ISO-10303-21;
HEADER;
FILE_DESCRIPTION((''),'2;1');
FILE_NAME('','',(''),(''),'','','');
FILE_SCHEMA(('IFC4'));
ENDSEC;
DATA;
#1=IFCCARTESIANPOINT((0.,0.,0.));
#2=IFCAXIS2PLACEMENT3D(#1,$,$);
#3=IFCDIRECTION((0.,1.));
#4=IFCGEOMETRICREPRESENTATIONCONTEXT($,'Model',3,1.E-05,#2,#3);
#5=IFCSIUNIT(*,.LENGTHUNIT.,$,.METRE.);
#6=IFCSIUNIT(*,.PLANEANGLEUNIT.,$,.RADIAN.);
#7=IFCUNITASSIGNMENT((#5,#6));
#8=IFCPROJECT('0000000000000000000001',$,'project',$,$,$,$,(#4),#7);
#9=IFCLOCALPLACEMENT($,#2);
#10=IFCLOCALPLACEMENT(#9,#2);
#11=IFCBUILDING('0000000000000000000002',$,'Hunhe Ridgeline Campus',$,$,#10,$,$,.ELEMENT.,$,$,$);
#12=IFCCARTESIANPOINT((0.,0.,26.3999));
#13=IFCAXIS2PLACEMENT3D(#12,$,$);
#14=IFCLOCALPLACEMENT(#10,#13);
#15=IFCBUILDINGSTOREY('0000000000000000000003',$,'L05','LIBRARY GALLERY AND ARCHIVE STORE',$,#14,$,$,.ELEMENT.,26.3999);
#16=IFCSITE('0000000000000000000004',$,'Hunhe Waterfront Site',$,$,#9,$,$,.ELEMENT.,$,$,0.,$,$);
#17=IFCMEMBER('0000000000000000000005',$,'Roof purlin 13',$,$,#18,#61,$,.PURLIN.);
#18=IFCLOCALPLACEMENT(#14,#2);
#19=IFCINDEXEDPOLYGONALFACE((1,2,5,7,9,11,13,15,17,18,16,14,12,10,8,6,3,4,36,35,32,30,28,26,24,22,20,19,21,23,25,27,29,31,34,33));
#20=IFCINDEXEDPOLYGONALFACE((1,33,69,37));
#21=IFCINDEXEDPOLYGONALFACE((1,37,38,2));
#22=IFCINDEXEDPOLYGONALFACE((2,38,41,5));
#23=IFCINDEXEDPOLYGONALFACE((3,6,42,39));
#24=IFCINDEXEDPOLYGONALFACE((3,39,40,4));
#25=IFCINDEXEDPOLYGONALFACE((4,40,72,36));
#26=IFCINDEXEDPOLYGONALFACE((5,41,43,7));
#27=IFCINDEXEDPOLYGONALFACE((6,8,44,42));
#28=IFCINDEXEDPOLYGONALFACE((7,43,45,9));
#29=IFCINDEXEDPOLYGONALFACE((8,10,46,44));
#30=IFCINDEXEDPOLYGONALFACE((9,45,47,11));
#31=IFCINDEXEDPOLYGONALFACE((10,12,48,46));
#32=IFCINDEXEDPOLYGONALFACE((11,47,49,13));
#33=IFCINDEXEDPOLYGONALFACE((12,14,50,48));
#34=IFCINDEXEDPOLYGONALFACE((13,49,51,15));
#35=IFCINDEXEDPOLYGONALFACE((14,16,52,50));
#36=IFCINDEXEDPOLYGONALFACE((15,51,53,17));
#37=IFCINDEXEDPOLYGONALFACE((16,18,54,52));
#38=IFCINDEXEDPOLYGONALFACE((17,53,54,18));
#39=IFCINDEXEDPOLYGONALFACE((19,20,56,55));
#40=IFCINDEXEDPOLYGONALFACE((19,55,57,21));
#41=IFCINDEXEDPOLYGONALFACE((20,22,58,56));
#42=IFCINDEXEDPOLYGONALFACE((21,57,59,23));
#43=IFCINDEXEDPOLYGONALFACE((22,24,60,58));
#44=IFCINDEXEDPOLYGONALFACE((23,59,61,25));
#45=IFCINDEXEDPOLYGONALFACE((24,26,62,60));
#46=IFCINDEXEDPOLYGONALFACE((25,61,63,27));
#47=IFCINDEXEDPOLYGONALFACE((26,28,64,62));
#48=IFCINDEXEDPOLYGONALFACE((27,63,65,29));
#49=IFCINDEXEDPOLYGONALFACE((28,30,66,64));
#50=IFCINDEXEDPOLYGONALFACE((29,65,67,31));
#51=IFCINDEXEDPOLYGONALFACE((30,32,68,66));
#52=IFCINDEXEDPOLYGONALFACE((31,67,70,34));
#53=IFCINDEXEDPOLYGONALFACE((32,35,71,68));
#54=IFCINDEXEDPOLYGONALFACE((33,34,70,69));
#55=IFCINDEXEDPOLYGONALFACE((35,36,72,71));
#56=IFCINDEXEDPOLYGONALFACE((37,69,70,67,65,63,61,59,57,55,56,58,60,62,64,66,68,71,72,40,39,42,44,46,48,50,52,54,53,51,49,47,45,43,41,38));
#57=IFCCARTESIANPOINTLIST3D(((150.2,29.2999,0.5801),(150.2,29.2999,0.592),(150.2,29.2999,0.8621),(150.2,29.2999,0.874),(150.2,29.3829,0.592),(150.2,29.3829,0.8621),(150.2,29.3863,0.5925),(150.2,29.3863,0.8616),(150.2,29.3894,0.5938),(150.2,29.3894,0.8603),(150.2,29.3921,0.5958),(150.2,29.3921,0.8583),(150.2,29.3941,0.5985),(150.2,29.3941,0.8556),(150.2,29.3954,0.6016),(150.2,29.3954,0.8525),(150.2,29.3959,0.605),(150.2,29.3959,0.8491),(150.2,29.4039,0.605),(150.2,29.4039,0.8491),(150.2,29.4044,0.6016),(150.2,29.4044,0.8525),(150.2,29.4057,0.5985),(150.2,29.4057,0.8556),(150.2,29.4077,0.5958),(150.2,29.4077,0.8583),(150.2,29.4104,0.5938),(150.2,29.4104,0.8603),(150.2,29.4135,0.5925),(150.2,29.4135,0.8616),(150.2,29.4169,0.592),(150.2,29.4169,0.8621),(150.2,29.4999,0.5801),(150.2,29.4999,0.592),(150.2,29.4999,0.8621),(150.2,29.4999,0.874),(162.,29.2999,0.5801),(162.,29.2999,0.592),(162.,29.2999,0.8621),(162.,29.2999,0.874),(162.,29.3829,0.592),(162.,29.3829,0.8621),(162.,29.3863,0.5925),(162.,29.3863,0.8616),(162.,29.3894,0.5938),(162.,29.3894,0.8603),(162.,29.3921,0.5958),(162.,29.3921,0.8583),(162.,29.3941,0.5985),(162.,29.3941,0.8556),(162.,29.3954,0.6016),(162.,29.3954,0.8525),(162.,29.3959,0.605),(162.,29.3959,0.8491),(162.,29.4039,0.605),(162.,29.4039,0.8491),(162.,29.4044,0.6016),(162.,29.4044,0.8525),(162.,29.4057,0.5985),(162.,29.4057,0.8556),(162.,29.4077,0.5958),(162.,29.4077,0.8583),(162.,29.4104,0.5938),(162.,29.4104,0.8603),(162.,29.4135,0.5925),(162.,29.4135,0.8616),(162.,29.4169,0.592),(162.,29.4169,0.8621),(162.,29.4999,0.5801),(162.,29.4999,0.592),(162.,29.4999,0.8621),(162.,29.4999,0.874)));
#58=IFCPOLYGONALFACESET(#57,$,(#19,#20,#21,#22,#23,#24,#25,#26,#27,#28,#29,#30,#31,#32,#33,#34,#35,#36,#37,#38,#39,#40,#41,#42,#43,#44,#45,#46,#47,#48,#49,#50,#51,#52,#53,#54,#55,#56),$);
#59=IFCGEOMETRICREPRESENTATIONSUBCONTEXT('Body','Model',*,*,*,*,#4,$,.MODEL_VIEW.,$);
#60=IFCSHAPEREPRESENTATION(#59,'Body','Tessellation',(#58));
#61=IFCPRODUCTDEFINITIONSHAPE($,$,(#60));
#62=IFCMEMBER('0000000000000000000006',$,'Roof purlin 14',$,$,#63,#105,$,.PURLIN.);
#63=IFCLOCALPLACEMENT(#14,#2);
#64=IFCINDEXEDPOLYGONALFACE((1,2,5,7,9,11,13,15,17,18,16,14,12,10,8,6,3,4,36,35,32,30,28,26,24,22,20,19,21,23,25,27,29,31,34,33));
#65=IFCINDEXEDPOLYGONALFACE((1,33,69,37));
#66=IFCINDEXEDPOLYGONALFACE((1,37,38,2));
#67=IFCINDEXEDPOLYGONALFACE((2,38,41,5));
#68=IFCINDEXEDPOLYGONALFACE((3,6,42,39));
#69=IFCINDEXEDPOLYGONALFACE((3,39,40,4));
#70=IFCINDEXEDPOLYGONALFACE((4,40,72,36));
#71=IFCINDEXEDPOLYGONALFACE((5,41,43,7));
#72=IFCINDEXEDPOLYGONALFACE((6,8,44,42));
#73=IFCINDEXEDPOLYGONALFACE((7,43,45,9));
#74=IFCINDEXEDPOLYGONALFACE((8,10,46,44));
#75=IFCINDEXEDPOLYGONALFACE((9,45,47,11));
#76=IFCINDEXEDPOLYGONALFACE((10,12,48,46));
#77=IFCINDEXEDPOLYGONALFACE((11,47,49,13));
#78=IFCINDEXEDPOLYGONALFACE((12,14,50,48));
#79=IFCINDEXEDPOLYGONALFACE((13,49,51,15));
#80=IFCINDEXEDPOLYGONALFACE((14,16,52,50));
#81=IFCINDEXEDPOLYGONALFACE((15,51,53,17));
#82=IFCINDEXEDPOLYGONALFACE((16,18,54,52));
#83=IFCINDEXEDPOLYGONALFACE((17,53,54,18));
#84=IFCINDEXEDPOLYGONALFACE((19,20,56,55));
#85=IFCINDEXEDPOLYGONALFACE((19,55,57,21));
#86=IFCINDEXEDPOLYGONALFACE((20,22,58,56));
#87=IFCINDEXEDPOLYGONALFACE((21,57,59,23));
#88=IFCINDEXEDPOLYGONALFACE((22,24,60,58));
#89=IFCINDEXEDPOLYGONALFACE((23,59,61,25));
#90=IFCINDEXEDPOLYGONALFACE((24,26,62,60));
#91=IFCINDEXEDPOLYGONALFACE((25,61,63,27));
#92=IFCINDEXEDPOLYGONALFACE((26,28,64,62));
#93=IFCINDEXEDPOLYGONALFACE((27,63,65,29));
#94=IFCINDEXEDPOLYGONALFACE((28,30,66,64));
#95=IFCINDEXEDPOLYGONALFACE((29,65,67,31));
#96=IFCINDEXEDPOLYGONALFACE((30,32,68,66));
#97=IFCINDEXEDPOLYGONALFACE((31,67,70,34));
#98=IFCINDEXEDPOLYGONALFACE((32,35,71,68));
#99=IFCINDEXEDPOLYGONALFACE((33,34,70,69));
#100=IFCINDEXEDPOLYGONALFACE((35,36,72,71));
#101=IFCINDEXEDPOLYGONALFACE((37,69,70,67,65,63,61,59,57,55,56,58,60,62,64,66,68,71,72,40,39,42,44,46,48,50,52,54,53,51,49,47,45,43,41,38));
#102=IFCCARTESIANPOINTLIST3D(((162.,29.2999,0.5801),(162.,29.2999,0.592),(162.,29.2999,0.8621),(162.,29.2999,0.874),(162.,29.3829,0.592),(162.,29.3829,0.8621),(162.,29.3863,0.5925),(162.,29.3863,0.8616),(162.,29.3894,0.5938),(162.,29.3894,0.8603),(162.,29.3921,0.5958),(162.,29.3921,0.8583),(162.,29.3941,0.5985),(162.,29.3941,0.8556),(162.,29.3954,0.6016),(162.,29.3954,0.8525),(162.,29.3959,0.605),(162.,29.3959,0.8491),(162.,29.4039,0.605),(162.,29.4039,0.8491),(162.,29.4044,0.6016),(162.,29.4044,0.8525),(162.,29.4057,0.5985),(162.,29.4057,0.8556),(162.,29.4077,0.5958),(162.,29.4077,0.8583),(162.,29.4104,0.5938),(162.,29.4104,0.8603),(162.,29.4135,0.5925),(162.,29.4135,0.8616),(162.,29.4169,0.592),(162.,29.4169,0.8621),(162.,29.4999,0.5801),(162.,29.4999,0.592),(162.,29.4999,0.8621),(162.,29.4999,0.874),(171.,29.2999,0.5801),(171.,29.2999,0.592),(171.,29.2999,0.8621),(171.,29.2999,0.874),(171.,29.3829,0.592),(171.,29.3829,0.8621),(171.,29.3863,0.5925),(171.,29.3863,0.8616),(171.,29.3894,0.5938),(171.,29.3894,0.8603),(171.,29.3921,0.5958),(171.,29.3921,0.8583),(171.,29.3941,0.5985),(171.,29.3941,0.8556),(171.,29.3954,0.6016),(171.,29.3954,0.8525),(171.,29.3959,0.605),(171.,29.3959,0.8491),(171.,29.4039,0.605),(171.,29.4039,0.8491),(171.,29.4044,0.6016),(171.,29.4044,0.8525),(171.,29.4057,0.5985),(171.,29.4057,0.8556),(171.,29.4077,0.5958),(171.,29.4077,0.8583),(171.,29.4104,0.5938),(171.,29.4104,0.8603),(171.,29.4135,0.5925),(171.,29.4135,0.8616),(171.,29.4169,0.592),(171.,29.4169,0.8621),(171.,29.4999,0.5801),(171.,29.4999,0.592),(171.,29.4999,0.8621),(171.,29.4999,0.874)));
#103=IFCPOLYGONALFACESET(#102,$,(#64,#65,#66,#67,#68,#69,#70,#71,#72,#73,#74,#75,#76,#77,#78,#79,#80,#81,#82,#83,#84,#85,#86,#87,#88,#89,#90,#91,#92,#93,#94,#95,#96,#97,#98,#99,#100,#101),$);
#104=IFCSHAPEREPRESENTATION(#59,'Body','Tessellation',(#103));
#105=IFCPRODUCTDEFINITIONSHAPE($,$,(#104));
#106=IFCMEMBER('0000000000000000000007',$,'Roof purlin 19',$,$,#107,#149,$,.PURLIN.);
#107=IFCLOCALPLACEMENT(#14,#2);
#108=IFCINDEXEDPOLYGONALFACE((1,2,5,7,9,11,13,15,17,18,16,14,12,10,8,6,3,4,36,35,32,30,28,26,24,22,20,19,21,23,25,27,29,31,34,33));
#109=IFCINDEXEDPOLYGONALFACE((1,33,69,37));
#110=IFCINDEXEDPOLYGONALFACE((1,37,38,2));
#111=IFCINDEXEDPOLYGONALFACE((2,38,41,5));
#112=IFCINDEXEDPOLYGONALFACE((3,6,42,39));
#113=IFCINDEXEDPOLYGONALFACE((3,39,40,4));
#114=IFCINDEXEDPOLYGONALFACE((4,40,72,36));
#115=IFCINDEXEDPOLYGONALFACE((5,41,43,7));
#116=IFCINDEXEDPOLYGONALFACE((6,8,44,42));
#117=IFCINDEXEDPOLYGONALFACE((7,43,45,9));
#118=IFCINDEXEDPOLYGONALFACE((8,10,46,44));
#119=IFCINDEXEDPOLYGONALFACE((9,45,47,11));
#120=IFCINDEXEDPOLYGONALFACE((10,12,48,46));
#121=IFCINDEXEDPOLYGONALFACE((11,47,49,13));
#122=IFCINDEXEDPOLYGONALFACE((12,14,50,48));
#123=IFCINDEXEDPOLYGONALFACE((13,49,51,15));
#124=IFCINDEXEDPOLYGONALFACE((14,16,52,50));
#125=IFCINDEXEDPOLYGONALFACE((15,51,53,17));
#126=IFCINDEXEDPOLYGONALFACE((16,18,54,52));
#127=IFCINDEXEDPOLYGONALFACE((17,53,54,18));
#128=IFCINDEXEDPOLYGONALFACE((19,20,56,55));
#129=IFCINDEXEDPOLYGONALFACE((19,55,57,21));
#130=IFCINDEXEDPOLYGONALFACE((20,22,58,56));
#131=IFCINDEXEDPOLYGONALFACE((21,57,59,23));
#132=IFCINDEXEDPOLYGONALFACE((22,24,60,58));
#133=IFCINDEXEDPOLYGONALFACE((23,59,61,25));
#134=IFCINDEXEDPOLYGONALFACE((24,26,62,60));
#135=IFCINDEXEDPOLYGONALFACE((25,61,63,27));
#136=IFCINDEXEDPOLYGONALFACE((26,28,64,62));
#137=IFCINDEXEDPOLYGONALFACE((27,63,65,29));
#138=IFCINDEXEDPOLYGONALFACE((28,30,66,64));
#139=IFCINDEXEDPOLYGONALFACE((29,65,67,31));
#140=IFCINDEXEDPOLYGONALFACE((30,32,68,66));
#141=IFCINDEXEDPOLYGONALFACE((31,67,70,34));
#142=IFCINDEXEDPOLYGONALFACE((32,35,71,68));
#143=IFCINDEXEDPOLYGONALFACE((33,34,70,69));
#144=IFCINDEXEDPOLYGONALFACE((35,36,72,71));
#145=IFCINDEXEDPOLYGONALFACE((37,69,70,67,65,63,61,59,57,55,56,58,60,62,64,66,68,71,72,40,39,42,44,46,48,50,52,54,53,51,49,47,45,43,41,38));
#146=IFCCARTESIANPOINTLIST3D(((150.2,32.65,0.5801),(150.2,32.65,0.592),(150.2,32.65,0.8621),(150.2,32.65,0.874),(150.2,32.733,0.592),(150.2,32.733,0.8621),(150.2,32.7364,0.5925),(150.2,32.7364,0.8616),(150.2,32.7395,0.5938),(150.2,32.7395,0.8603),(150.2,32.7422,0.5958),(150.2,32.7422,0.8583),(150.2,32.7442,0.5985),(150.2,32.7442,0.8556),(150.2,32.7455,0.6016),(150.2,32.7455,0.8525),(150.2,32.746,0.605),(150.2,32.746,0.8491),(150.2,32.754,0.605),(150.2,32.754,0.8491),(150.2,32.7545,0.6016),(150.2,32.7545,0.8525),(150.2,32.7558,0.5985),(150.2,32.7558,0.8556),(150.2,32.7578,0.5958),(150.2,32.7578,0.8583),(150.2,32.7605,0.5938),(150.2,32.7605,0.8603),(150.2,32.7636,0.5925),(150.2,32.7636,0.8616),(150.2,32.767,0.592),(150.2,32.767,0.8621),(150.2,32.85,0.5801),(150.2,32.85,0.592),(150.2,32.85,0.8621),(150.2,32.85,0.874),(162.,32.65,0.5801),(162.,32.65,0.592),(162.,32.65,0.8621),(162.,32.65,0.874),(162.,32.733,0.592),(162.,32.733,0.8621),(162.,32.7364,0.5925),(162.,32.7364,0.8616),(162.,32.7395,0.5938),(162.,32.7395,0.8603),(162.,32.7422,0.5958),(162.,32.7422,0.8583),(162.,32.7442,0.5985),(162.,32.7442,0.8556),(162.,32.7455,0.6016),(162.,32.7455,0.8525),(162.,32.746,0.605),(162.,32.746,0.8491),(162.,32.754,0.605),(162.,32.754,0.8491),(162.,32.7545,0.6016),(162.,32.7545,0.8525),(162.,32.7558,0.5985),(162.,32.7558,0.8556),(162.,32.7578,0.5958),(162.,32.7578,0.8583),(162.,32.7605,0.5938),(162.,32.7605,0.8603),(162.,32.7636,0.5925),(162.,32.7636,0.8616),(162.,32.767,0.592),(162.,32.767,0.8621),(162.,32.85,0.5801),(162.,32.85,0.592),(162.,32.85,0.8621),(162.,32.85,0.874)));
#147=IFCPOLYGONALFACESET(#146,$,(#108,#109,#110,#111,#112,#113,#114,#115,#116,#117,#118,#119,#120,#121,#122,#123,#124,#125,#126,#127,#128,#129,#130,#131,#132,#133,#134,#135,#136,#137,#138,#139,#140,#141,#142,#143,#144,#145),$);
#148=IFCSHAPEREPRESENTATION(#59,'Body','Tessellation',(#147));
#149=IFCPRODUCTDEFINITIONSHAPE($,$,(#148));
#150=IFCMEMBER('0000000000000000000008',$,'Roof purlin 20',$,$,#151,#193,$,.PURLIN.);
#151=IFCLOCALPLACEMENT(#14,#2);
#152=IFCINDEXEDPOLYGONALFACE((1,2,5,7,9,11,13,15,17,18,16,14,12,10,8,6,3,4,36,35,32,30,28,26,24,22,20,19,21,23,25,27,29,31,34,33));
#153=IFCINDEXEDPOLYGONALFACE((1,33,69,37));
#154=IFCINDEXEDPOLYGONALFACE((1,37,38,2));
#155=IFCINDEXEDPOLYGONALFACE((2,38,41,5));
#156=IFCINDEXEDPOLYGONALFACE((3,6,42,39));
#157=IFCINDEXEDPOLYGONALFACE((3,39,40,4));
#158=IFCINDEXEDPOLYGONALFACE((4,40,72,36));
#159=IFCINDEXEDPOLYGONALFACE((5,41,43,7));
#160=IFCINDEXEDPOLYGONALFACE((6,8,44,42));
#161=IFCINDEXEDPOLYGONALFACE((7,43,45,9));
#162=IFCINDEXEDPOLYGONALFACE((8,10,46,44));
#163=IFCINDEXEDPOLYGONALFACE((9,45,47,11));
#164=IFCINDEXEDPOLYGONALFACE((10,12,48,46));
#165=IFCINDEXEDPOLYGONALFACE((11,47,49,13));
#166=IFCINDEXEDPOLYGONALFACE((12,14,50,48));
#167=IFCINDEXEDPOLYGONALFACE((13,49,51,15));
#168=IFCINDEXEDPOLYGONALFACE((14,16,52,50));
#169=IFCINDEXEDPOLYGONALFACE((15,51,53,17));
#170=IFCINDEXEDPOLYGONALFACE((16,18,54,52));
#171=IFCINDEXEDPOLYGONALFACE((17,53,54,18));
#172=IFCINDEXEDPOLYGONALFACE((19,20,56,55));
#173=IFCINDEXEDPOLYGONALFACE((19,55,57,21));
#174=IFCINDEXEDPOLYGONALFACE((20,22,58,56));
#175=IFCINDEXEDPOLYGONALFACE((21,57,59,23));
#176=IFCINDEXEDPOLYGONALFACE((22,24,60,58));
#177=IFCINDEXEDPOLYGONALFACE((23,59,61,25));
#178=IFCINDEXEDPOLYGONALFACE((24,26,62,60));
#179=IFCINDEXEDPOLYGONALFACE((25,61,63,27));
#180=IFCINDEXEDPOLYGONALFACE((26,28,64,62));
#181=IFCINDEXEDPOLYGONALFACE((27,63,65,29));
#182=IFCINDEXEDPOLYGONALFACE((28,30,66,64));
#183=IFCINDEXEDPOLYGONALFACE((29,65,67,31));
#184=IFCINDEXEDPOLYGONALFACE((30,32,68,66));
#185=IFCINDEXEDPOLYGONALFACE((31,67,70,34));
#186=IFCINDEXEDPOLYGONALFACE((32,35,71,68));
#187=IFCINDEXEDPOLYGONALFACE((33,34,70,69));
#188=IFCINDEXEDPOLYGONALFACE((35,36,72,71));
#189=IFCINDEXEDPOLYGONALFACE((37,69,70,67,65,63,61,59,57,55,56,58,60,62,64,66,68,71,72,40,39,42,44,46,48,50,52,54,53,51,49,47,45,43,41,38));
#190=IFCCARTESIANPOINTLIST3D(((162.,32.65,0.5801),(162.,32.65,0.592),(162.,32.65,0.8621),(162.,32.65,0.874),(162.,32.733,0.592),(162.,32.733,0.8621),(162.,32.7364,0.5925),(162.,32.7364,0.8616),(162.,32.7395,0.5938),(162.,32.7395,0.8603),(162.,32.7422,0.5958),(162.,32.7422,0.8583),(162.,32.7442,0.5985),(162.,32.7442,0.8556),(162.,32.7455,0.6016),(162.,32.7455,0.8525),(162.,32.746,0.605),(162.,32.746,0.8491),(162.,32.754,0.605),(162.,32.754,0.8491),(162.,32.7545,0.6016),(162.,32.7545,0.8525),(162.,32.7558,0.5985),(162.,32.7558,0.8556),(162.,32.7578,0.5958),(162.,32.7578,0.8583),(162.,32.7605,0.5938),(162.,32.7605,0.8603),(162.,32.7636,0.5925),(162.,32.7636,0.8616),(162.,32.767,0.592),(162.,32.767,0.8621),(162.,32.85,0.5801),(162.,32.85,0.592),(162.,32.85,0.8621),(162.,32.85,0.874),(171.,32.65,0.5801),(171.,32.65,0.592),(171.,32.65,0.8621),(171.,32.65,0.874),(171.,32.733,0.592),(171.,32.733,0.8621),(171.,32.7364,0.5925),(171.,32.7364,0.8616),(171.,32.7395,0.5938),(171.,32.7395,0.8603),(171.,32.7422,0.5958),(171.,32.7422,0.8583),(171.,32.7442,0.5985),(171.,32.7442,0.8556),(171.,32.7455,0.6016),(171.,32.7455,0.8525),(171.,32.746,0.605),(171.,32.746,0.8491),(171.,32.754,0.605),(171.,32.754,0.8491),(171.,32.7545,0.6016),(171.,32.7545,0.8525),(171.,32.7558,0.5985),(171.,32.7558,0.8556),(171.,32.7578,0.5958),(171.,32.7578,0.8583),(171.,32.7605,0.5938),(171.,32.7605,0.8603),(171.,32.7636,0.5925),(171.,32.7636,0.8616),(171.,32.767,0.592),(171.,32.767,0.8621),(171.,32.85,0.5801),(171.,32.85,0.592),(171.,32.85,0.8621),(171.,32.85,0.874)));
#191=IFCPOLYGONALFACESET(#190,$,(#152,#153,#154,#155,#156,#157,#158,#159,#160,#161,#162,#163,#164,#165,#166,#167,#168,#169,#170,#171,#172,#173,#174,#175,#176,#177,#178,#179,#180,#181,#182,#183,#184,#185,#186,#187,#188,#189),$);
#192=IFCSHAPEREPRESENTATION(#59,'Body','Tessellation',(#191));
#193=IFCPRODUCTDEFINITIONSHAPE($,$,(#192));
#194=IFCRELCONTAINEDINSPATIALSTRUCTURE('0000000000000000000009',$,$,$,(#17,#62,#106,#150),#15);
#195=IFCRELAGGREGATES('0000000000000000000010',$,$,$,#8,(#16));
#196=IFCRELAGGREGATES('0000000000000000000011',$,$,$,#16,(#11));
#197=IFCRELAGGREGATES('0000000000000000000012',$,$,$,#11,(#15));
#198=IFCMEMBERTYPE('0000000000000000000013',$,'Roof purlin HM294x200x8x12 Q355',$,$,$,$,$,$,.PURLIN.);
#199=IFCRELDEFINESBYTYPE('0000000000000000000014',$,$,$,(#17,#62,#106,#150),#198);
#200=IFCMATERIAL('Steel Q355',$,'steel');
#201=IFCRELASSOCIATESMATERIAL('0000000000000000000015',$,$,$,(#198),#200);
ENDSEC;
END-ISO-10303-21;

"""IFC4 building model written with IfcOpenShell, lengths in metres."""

from ifc_helpers import new_model, si_unit, direction, frame, origin, origin_2d, place, context, subcontext, project, spatial, i_section, extrude, material, material_profile, profile_set, type_object, element, save


model = new_model("IFC4")

# Units and contexts
model_context = context("Model", 3, precision=1e-05, world=origin(), true_north=direction((0.0, 1.0)))
body_context = subcontext(model_context, "Body", "Model", "MODEL_VIEW")
ifc_project = project(units=[si_unit("LENGTHUNIT", "METRE"), si_unit("PLANEANGLEUNIT", "RADIAN")], contexts=[model_context])

# Site, building, storey
site_placement = place(None, origin())
site = spatial("IfcSite", under=ifc_project, at=site_placement, Name="Hunhe Waterfront Site", CompositionType="ELEMENT", RefElevation=0.0)
building_placement = place(site_placement, origin())
building = spatial("IfcBuilding", under=site, at=building_placement, Name="Hunhe Ridgeline Campus", CompositionType="ELEMENT")
storey_placement = place(building_placement, frame((0.0, 0.0, 26.3999)))
storey = spatial("IfcBuildingStorey", under=building, at=storey_placement, Name="L05", Description="LIBRARY GALLERY AND ARCHIVE STORE", CompositionType="ELEMENT", Elevation=26.3999)

# Members
ifc_material = material(Name="Steel Q355", Category="steel")
ifc_material_profile_1 = material_profile(ifc_material, i_section(OverallWidth=0.2, OverallDepth=0.2939, WebThickness=0.0081, FlangeThickness=0.012, FilletRadius=0.0129, at=origin_2d()))
ifc_profile_set_1 = profile_set([ifc_material_profile_1], Name="Steel Q355")
member_type_1 = type_object("IfcMemberType", Name="Roof purlin HM294x200x8x12 Q355", PredefinedType="PURLIN", material=ifc_profile_set_1)
member_1_placement = place(storey_placement, frame((150.2, 29.3999, 0.7271), z_axis=(1.0, 0.0, 0.0), x_axis=(0.0, 1.0, 0.0)))
element("IfcMember", 1, at=member_1_placement, inside=storey, type_object=member_type_1, Name="Roof purlin 13", PredefinedType="PURLIN", context=body_context, shape_type="SweptSolid", body=[
    extrude(i_section(OverallWidth=0.2, OverallDepth=0.2939, WebThickness=0.0081, FlangeThickness=0.012, FilletRadius=0.0129, at=origin_2d()), origin(), (0.0, 0.0, 1.0), 11.8),
])
member_2_placement = place(storey_placement, frame((162.0, 29.3999, 0.7271), z_axis=(1.0, 0.0, 0.0), x_axis=(0.0, 1.0, 0.0)))
element("IfcMember", 2, at=member_2_placement, inside=storey, type_object=member_type_1, Name="Roof purlin 14", PredefinedType="PURLIN", context=body_context, shape_type="SweptSolid", body=[
    extrude(i_section(OverallWidth=0.2, OverallDepth=0.2939, WebThickness=0.0081, FlangeThickness=0.012, FilletRadius=0.0129, at=origin_2d()), origin(), (0.0, 0.0, 1.0), 9.0),
])
member_3_placement = place(storey_placement, frame((150.2, 32.75, 0.7271), z_axis=(1.0, 0.0, 0.0), x_axis=(0.0, 1.0, 0.0)))
element("IfcMember", 3, at=member_3_placement, inside=storey, type_object=member_type_1, Name="Roof purlin 19", PredefinedType="PURLIN", context=body_context, shape_type="SweptSolid", body=[
    extrude(i_section(OverallWidth=0.2, OverallDepth=0.2939, WebThickness=0.0081, FlangeThickness=0.012, FilletRadius=0.0129, at=origin_2d()), origin(), (0.0, 0.0, 1.0), 11.8),
])
member_4_placement = place(storey_placement, frame((162.0, 32.75, 0.7271), z_axis=(1.0, 0.0, 0.0), x_axis=(0.0, 1.0, 0.0)))
element("IfcMember", 4, at=member_4_placement, inside=storey, type_object=member_type_1, Name="Roof purlin 20", PredefinedType="PURLIN", context=body_context, shape_type="SweptSolid", body=[
    extrude(i_section(OverallWidth=0.2, OverallDepth=0.2939, WebThickness=0.0081, FlangeThickness=0.012, FilletRadius=0.0129, at=origin_2d()), origin(), (0.0, 0.0, 1.0), 9.0),
])

save(model, "model.ifc")
